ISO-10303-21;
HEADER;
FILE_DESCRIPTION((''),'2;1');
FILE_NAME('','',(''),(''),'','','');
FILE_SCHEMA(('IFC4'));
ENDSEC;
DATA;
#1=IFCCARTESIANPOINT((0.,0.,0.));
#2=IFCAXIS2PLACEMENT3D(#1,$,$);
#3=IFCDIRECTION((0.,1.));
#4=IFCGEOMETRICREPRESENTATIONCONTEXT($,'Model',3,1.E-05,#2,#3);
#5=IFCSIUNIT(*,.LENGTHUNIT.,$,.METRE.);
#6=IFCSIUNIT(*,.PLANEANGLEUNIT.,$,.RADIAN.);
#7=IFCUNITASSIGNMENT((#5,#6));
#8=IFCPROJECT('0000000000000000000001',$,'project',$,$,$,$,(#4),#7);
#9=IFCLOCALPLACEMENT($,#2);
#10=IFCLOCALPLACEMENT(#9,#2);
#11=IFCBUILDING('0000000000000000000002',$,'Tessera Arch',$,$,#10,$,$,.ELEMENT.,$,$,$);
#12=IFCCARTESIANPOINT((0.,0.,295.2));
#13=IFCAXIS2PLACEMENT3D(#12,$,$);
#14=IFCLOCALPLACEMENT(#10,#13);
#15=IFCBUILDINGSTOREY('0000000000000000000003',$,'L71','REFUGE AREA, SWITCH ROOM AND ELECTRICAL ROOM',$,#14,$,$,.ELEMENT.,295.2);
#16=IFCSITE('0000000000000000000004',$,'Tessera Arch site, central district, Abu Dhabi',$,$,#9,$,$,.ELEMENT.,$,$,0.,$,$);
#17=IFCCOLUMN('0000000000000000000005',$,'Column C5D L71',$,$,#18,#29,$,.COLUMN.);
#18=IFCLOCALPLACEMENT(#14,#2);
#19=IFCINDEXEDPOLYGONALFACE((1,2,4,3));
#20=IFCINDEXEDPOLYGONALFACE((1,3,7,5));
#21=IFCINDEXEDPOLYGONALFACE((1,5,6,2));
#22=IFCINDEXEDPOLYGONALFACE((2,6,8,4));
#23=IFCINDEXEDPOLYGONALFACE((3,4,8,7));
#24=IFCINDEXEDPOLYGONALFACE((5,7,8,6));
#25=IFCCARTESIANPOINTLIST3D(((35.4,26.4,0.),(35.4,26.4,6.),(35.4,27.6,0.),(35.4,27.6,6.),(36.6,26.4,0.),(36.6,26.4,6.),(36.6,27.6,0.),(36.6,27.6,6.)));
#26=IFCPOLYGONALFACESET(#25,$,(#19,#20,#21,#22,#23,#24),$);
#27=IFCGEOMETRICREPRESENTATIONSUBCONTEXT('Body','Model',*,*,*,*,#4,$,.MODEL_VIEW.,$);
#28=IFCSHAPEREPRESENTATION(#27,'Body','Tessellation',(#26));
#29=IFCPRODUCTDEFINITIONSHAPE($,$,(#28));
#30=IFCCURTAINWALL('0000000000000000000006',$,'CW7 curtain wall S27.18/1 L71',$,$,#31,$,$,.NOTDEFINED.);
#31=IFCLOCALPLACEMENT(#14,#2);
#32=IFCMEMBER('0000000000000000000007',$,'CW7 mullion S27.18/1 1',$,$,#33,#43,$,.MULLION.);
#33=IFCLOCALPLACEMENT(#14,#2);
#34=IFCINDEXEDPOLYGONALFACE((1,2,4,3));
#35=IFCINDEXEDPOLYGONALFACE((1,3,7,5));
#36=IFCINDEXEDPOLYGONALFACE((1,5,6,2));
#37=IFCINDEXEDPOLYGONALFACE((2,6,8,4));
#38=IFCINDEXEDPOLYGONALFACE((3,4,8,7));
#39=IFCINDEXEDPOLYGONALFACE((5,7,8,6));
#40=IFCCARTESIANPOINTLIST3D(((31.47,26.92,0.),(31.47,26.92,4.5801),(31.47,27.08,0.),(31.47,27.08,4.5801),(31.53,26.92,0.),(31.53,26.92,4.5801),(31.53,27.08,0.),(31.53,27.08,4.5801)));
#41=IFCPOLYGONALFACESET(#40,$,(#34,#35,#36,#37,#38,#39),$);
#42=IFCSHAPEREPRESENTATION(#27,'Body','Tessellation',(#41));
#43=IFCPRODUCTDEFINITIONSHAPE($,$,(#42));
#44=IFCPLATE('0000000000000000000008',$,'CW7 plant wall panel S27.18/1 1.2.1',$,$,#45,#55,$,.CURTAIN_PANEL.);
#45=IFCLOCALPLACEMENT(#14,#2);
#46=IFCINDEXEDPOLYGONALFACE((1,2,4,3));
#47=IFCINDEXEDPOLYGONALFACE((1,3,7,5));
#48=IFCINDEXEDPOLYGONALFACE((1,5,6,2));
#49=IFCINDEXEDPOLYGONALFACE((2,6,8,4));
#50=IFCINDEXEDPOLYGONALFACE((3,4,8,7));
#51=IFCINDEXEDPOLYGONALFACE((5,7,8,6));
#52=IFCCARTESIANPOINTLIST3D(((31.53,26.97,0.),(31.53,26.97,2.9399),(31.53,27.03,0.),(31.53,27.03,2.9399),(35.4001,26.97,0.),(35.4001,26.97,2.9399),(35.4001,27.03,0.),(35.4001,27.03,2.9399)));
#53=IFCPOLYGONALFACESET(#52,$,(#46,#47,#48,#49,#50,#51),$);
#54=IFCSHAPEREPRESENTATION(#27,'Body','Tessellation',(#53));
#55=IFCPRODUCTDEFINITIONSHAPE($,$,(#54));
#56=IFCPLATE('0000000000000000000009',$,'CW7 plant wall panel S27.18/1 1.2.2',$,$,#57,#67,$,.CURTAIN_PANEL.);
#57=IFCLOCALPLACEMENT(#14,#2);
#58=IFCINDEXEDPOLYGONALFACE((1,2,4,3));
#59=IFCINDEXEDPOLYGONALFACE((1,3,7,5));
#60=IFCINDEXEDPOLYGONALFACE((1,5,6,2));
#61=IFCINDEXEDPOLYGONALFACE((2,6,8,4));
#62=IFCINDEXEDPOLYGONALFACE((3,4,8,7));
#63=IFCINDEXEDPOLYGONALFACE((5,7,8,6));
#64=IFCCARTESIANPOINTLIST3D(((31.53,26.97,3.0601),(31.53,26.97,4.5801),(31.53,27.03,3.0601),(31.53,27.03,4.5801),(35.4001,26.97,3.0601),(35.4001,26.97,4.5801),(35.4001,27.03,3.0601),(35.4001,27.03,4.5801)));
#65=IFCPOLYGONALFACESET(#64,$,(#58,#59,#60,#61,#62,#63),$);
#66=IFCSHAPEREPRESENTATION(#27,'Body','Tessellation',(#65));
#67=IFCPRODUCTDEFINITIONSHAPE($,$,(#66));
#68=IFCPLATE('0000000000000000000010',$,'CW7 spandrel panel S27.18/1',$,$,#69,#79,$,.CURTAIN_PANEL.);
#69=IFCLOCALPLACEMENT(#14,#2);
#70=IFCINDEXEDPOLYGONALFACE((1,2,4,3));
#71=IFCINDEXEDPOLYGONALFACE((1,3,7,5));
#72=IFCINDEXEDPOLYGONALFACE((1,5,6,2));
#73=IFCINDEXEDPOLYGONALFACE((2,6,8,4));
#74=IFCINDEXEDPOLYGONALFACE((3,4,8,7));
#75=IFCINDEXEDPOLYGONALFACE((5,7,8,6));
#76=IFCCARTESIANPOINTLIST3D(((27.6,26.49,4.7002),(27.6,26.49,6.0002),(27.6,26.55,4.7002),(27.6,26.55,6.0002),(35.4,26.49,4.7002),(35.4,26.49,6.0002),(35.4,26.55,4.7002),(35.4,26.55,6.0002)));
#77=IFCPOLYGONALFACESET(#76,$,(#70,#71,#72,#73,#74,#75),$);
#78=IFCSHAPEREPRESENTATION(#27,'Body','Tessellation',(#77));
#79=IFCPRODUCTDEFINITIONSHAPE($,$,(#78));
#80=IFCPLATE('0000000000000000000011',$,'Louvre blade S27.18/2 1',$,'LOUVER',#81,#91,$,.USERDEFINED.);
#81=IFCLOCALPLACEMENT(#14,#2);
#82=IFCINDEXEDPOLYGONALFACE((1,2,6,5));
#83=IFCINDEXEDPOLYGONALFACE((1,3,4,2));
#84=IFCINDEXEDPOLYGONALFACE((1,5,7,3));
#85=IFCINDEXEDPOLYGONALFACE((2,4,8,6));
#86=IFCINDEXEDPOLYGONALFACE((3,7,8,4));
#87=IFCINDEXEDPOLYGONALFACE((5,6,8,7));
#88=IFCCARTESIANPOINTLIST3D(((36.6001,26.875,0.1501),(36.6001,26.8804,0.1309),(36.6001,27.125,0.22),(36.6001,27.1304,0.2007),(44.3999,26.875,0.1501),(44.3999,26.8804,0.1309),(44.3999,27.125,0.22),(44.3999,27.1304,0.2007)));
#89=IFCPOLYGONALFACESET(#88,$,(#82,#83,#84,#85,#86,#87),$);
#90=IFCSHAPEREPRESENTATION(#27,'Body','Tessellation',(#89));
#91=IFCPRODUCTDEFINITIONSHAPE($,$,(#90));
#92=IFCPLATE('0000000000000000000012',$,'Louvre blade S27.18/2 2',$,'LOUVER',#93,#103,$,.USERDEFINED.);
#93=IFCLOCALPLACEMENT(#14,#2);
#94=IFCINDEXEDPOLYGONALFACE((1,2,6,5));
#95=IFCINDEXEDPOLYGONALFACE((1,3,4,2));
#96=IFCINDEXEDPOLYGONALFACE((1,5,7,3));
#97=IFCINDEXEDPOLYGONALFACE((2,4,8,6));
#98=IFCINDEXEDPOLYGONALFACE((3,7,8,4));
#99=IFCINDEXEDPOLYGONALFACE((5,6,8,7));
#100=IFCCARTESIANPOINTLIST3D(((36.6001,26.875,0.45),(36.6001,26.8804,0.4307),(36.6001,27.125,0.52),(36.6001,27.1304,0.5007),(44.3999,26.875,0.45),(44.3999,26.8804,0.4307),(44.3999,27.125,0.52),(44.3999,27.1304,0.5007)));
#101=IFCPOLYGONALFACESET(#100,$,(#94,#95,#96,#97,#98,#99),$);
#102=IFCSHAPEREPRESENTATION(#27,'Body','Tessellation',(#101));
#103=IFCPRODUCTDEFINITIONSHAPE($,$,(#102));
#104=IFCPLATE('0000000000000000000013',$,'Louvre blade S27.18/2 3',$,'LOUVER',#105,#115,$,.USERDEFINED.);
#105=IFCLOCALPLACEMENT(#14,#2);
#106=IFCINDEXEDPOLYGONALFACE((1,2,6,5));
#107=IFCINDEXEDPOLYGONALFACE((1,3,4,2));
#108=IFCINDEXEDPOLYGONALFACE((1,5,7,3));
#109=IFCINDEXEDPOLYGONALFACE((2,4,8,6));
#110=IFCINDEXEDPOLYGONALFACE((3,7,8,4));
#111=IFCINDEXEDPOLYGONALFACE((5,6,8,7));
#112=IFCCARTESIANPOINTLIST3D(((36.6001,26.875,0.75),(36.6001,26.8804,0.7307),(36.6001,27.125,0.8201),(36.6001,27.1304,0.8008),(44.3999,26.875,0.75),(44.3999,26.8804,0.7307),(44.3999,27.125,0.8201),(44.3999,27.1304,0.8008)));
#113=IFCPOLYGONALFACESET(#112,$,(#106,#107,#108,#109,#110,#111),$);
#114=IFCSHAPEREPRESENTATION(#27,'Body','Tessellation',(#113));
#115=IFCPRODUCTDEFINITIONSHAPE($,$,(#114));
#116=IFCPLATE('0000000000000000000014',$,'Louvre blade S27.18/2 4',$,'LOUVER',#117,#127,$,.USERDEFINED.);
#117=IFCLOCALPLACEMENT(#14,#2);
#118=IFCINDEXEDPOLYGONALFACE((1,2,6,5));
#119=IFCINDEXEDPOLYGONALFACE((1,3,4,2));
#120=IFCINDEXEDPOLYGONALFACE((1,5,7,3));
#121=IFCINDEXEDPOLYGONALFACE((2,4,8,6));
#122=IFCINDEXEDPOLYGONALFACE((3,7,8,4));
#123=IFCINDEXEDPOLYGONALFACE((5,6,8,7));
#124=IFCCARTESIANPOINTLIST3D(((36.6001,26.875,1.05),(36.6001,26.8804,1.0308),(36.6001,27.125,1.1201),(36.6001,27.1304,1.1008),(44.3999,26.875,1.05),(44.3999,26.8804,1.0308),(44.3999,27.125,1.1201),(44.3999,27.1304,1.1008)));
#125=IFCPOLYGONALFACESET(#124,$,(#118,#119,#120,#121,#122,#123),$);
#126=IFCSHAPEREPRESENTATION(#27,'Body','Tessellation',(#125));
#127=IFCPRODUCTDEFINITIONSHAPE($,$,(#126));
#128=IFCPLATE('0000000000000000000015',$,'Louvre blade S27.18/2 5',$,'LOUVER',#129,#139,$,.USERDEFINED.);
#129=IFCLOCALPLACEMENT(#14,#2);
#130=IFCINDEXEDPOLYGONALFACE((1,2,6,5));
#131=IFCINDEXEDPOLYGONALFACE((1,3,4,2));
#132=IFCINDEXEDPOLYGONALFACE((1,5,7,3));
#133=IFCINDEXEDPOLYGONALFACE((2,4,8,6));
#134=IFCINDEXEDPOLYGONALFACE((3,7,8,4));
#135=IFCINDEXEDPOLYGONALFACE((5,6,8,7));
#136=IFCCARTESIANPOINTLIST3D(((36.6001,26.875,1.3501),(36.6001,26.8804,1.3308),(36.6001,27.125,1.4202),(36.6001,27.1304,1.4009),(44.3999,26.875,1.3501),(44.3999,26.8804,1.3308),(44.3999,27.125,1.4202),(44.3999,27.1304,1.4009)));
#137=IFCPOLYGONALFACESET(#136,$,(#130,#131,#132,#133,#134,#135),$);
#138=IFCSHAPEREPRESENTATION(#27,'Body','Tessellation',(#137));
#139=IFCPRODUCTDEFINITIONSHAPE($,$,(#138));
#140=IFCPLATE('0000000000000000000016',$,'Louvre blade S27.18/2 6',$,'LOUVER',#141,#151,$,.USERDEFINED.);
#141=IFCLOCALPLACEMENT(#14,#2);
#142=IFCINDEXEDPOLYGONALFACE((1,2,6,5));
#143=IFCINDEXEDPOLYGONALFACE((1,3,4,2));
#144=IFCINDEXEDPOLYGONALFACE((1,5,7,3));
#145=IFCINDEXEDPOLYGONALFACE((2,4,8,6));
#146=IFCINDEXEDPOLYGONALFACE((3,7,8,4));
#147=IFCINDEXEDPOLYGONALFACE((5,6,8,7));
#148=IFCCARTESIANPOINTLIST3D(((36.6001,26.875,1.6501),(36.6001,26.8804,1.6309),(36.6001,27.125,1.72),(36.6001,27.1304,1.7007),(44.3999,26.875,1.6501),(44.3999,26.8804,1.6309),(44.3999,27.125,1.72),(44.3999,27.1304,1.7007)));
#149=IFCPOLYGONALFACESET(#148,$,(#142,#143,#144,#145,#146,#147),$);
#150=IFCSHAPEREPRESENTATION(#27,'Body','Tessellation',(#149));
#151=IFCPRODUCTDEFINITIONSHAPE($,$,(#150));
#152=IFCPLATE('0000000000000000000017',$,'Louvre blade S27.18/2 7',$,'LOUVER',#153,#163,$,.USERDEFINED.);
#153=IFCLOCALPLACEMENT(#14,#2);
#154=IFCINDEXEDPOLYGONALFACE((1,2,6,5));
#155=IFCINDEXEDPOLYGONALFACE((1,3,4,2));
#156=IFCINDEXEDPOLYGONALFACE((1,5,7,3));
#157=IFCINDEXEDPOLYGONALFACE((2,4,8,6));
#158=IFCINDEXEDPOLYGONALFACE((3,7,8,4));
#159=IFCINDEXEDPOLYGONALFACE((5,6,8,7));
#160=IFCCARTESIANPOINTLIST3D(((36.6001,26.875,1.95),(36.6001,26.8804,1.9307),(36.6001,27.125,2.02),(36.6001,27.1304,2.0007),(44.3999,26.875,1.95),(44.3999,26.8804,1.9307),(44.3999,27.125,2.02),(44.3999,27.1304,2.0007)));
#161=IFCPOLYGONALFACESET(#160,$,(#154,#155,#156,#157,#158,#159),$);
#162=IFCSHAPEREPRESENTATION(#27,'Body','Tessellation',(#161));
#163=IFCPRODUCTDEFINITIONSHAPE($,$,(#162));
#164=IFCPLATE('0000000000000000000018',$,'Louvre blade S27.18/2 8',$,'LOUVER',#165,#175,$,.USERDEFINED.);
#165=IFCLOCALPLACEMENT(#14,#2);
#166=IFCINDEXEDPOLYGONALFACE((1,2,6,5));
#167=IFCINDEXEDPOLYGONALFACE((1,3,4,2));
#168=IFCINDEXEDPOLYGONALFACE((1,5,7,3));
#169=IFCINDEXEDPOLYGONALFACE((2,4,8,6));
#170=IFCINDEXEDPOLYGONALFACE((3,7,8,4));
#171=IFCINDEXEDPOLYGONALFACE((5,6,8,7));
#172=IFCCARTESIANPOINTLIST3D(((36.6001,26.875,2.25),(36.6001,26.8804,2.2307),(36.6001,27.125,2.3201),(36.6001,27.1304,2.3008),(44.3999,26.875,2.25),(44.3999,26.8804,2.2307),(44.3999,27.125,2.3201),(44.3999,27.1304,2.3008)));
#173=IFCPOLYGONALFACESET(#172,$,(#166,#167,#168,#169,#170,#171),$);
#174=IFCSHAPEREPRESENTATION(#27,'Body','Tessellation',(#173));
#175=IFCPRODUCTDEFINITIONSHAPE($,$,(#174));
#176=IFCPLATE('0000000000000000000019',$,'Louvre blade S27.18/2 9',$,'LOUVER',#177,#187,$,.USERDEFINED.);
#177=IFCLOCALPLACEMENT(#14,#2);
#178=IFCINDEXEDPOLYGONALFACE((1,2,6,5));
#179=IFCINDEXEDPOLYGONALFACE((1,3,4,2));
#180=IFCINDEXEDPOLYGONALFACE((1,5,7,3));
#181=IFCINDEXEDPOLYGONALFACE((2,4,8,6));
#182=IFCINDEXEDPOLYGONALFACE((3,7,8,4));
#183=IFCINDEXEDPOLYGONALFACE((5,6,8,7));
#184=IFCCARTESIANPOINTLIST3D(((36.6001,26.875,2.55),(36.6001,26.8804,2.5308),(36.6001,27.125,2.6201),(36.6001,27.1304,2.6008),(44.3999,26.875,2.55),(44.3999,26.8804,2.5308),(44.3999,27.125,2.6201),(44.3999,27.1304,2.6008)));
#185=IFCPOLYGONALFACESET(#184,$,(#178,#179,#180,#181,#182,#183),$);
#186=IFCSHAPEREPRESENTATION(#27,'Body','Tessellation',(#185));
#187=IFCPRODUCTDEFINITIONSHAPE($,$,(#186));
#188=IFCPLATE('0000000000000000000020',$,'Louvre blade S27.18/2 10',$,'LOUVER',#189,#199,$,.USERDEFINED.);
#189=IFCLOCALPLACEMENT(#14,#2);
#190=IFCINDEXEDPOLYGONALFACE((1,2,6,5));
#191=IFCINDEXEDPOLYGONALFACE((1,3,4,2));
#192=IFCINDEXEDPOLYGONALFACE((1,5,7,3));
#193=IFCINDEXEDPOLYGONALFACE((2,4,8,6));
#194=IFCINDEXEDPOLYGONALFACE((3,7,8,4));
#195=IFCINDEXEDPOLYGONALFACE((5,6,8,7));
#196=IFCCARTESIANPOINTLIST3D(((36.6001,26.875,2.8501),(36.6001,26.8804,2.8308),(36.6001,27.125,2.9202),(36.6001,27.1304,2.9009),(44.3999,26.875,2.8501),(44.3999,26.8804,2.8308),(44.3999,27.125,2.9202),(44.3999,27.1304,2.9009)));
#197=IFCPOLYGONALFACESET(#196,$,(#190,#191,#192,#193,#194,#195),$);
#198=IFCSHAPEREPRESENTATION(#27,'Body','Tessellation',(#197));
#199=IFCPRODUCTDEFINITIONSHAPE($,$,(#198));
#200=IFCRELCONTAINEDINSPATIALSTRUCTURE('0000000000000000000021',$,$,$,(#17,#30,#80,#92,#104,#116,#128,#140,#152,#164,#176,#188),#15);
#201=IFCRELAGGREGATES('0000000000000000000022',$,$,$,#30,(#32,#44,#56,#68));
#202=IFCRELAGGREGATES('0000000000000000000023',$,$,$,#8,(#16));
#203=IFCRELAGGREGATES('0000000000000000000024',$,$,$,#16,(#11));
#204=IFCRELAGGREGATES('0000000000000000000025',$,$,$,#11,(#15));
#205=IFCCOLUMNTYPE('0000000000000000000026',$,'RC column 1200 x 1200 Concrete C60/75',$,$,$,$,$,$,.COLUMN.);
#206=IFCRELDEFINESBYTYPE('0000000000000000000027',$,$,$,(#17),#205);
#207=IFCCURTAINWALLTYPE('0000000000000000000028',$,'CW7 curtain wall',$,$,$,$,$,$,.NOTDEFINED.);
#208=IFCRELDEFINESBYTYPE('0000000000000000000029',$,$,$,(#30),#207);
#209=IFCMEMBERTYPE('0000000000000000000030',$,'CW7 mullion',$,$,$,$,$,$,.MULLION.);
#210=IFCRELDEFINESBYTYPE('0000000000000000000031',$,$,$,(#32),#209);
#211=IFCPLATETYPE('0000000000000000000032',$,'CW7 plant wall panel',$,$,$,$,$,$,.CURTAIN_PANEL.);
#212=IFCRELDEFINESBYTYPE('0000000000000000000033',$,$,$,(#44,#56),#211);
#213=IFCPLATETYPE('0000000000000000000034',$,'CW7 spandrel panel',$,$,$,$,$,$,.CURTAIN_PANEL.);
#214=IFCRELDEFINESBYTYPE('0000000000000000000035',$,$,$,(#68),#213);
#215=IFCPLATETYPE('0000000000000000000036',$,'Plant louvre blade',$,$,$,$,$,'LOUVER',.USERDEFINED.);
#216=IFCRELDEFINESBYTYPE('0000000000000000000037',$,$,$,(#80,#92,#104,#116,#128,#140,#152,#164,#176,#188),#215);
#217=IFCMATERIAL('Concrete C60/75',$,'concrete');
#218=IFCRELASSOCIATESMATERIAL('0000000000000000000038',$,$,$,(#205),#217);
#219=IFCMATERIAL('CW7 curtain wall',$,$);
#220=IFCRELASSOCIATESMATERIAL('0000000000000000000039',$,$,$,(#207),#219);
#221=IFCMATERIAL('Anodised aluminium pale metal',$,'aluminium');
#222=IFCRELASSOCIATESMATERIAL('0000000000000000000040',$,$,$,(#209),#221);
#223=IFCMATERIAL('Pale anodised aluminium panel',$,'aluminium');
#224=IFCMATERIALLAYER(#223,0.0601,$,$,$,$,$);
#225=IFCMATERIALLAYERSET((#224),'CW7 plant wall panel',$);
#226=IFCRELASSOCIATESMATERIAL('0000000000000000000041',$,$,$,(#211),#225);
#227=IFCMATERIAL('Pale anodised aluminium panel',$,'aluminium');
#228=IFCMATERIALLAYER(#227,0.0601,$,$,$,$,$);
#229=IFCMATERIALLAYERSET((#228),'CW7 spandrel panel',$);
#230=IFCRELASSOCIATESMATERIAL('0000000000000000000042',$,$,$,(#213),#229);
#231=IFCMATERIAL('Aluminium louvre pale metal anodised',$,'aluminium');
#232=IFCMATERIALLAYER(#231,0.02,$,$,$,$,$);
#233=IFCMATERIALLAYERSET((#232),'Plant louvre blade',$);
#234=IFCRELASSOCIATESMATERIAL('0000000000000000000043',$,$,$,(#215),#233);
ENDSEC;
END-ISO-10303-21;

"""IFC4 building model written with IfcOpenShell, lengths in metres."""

from ifc_helpers import new_model, si_unit, direction, frame, origin, origin_2d, place, context, subcontext, project, spatial, polyline, rectangle, outline, extrude, material, layer, layer_set, material_profile, profile_set, type_object, element, aggregate, save


model = new_model("IFC4")

# Units and contexts
model_context = context("Model", 3, precision=1e-05, world=origin(), true_north=direction((0.0, 1.0)))
body_context = subcontext(model_context, "Body", "Model", "MODEL_VIEW")
ifc_project = project(units=[si_unit("LENGTHUNIT", "METRE"), si_unit("PLANEANGLEUNIT", "RADIAN")], contexts=[model_context])

# Site, building, storey
site_placement = place(None, origin())
site = spatial("IfcSite", under=ifc_project, at=site_placement, Name="Tessera Arch site, central district, Abu Dhabi", CompositionType="ELEMENT", RefElevation=0.0)
building_placement = place(site_placement, origin())
building = spatial("IfcBuilding", under=site, at=building_placement, Name="Tessera Arch", CompositionType="ELEMENT")
storey_placement = place(building_placement, frame((0.0, 0.0, 295.2)))
storey = spatial("IfcBuildingStorey", under=building, at=storey_placement, Name="L71", Description="REFUGE AREA, SWITCH ROOM AND ELECTRICAL ROOM", CompositionType="ELEMENT", Elevation=295.2)

# Column
ifc_material_1 = material(Name="Concrete C60/75", Category="concrete")
ifc_material_profile_1 = material_profile(ifc_material_1, rectangle(XDim=1.2, YDim=1.2, at=origin_2d()), Name="RC column 1200 x 1200 Concrete C60/75")
ifc_profile_set_1 = profile_set([ifc_material_profile_1], Name="Concrete C60/75")
column_type = type_object("IfcColumnType", Name="RC column 1200 x 1200 Concrete C60/75", PredefinedType="COLUMN", material=ifc_profile_set_1)
column_placement = place(storey_placement, frame((36.0, 27.0, 0.0), z_axis=(0.0, 0.0, 1.0), x_axis=(1.0, 0.0, 0.0)))
element("IfcColumn", 1, at=column_placement, inside=storey, type_object=column_type, Name="Column C5D L71", PredefinedType="COLUMN", context=body_context, shape_type="SweptSolid", body=[
    extrude(rectangle(XDim=1.2, YDim=1.2, at=origin_2d()), origin(), (0.0, 0.0, 1.0), 6.0),
])

# Curtain wall, member, plates
ifc_material_2 = material(Name="CW7 curtain wall")
curtain_wall_type = type_object("IfcCurtainWallType", Name="CW7 curtain wall", PredefinedType="NOTDEFINED", material=ifc_material_2)
curtain_wall_placement = place(storey_placement, origin())
curtain_wall = element("IfcCurtainWall", 2, at=curtain_wall_placement, inside=storey, type_object=curtain_wall_type, Name="CW7 curtain wall S27.18/1 L71", PredefinedType="NOTDEFINED")
ifc_material_3 = material(Name="Anodised aluminium pale metal", Category="aluminium")
ifc_material_profile_2 = material_profile(ifc_material_3, rectangle(XDim=0.1599, YDim=0.0601, at=origin_2d()), Name="AL 60x160")
ifc_profile_set_2 = profile_set([ifc_material_profile_2], Name="Anodised aluminium pale metal")
member_type = type_object("IfcMemberType", Name="CW7 mullion", PredefinedType="MULLION", material=ifc_profile_set_2)
member_placement = place(storey_placement, frame((31.5, 27.0, 0.0), z_axis=(0.0, 0.0, 1.0), x_axis=(0.0, 1.0, 0.0)))
member = element("IfcMember", 3, at=member_placement, type_object=member_type, Name="CW7 mullion S27.18/1 1", PredefinedType="MULLION", context=body_context, shape_type="SweptSolid", body=[
    extrude(rectangle(XDim=0.1599, YDim=0.0601, at=origin_2d()), origin(), (0.0, 0.0, 1.0), 4.5801),
])
ifc_material_4 = material(Name="Pale anodised aluminium panel", Category="aluminium")
ifc_layer_1 = layer(ifc_material_4, 0.0601)
ifc_layer_set_1 = layer_set([ifc_layer_1], Name="CW7 plant wall panel")
plate_type_1 = type_object("IfcPlateType", Name="CW7 plant wall panel", PredefinedType="CURTAIN_PANEL", material=ifc_layer_set_1)
plate_1_placement = place(storey_placement, frame((33.4651, 27.0, 0.0), z_axis=(0.0, 0.0, 1.0), x_axis=(1.0, 0.0, 0.0)))
plate_1 = element("IfcPlate", 4, at=plate_1_placement, type_object=plate_type_1, Name="CW7 plant wall panel S27.18/1 1.2.1", PredefinedType="CURTAIN_PANEL", context=body_context, shape_type="SweptSolid", body=[
    extrude(rectangle(XDim=3.8701, YDim=0.0601, at=origin_2d()), origin(), (0.0, 0.0, 1.0), 2.9399),
])
plate_2_placement = place(storey_placement, frame((33.4651, 27.0, 3.0601), z_axis=(0.0, 0.0, 1.0), x_axis=(1.0, 0.0, 0.0)))
plate_2 = element("IfcPlate", 5, at=plate_2_placement, type_object=plate_type_1, Name="CW7 plant wall panel S27.18/1 1.2.2", PredefinedType="CURTAIN_PANEL", context=body_context, shape_type="SweptSolid", body=[
    extrude(rectangle(XDim=3.8701, YDim=0.0601, at=origin_2d()), origin(), (0.0, 0.0, 1.0), 1.52),
])
ifc_material_5 = material(Name="Pale anodised aluminium panel", Category="aluminium")
ifc_layer_2 = layer(ifc_material_5, 0.0601)
ifc_layer_set_2 = layer_set([ifc_layer_2], Name="CW7 spandrel panel")
plate_type_2 = type_object("IfcPlateType", Name="CW7 spandrel panel", PredefinedType="CURTAIN_PANEL", material=ifc_layer_set_2)
plate_3_placement = place(storey_placement, frame((31.5, 26.52, 4.7002), z_axis=(0.0, 0.0, 1.0), x_axis=(1.0, 0.0, 0.0)))
plate_3 = element("IfcPlate", 6, at=plate_3_placement, type_object=plate_type_2, Name="CW7 spandrel panel S27.18/1", PredefinedType="CURTAIN_PANEL", context=body_context, shape_type="SweptSolid", body=[
    extrude(rectangle(XDim=7.8, YDim=0.0601, at=origin_2d()), origin(), (0.0, 0.0, 1.0), 1.3),
])
aggregate(curtain_wall, [member, plate_1, plate_2, plate_3])

# Plates
ifc_material_6 = material(Name="Aluminium louvre pale metal anodised", Category="aluminium")
ifc_layer_3 = layer(ifc_material_6, 0.02)
ifc_layer_set_3 = layer_set([ifc_layer_3], Name="Plant louvre blade")
plate_type_3 = type_object("IfcPlateType", Name="Plant louvre blade", ElementType="LOUVER", PredefinedType="USERDEFINED", material=ifc_layer_set_3)
plate_4_placement = place(storey_placement, frame((36.6001, 26.875, 0.1501), z_axis=(0.0, -0.269002, 0.96314), x_axis=(1.0, 0.0, 0.0)))
element("IfcPlate", 7, at=plate_4_placement, inside=storey, type_object=plate_type_3, Name="Louvre blade S27.18/2 1", ObjectType="LOUVER", PredefinedType="USERDEFINED", context=body_context, shape_type="SweptSolid", body=[
    extrude(outline(polyline([(0.0, 0.0), (7.7998, 0.0), (7.7998, 0.2596), (0.0, 0.2596), (0.0, 0.0)])), origin(), (0.0, 0.0, -1.0), 0.02),
])
for number, where, z_axis, x_axis, name in (
    (8, (36.6001, 26.875, 0.45), (0.0, -0.269874, 0.962896), (1.0, 0.0, 0.0), "Louvre blade S27.18/2 2"),
    (9, (36.6001, 26.875, 0.75), (0.0, -0.269874, 0.962896), (1.0, 0.0, 0.0), "Louvre blade S27.18/2 3"),
    (10, (36.6001, 26.875, 1.05), (0.0, -0.269874, 0.962896), (1.0, 0.0, 0.0), "Louvre blade S27.18/2 4"),
    (11, (36.6001, 26.875, 1.3501), (0.0, -0.269874, 0.962896), (1.0, 0.0, 0.0), "Louvre blade S27.18/2 5"),
):
    element("IfcPlate", number, at=place(storey_placement, frame(where, z_axis=z_axis, x_axis=x_axis)), inside=storey, type_object=plate_type_3, Name=name, ObjectType="LOUVER", PredefinedType="USERDEFINED", context=body_context, shape_type="SweptSolid", body=[
        extrude(outline(polyline([(0.0, 0.0), (7.7998, 0.0), (7.7998, 0.2596), (0.0, 0.2596), (0.0, 0.0)])), origin(), (0.0, 0.0, -1.0), 0.02),
    ])
plate_5_placement = place(storey_placement, frame((36.6001, 26.875, 1.6501), z_axis=(0.0, -0.269002, 0.96314), x_axis=(1.0, 0.0, 0.0)))
element("IfcPlate", 12, at=plate_5_placement, inside=storey, type_object=plate_type_3, Name="Louvre blade S27.18/2 6", ObjectType="LOUVER", PredefinedType="USERDEFINED", context=body_context, shape_type="SweptSolid", body=[
    extrude(outline(polyline([(0.0, 0.0), (7.7998, 0.0), (7.7998, 0.2596), (0.0, 0.2596), (0.0, 0.0)])), origin(), (0.0, 0.0, -1.0), 0.02),
])
for number, where, z_axis, x_axis, name in (
    (13, (36.6001, 26.875, 1.95), (0.0, -0.269874, 0.962896), (1.0, 0.0, 0.0), "Louvre blade S27.18/2 7"),
    (14, (36.6001, 26.875, 2.25), (0.0, -0.269874, 0.962896), (1.0, 0.0, 0.0), "Louvre blade S27.18/2 8"),
    (15, (36.6001, 26.875, 2.55), (0.0, -0.269874, 0.962896), (1.0, 0.0, 0.0), "Louvre blade S27.18/2 9"),
    (16, (36.6001, 26.875, 2.8501), (0.0, -0.269874, 0.962896), (1.0, 0.0, 0.0), "Louvre blade S27.18/2 10"),
):
    element("IfcPlate", number, at=place(storey_placement, frame(where, z_axis=z_axis, x_axis=x_axis)), inside=storey, type_object=plate_type_3, Name=name, ObjectType="LOUVER", PredefinedType="USERDEFINED", context=body_context, shape_type="SweptSolid", body=[
        extrude(outline(polyline([(0.0, 0.0), (7.7998, 0.0), (7.7998, 0.2596), (0.0, 0.2596), (0.0, 0.0)])), origin(), (0.0, 0.0, -1.0), 0.02),
    ])

save(model, "model.ifc")
